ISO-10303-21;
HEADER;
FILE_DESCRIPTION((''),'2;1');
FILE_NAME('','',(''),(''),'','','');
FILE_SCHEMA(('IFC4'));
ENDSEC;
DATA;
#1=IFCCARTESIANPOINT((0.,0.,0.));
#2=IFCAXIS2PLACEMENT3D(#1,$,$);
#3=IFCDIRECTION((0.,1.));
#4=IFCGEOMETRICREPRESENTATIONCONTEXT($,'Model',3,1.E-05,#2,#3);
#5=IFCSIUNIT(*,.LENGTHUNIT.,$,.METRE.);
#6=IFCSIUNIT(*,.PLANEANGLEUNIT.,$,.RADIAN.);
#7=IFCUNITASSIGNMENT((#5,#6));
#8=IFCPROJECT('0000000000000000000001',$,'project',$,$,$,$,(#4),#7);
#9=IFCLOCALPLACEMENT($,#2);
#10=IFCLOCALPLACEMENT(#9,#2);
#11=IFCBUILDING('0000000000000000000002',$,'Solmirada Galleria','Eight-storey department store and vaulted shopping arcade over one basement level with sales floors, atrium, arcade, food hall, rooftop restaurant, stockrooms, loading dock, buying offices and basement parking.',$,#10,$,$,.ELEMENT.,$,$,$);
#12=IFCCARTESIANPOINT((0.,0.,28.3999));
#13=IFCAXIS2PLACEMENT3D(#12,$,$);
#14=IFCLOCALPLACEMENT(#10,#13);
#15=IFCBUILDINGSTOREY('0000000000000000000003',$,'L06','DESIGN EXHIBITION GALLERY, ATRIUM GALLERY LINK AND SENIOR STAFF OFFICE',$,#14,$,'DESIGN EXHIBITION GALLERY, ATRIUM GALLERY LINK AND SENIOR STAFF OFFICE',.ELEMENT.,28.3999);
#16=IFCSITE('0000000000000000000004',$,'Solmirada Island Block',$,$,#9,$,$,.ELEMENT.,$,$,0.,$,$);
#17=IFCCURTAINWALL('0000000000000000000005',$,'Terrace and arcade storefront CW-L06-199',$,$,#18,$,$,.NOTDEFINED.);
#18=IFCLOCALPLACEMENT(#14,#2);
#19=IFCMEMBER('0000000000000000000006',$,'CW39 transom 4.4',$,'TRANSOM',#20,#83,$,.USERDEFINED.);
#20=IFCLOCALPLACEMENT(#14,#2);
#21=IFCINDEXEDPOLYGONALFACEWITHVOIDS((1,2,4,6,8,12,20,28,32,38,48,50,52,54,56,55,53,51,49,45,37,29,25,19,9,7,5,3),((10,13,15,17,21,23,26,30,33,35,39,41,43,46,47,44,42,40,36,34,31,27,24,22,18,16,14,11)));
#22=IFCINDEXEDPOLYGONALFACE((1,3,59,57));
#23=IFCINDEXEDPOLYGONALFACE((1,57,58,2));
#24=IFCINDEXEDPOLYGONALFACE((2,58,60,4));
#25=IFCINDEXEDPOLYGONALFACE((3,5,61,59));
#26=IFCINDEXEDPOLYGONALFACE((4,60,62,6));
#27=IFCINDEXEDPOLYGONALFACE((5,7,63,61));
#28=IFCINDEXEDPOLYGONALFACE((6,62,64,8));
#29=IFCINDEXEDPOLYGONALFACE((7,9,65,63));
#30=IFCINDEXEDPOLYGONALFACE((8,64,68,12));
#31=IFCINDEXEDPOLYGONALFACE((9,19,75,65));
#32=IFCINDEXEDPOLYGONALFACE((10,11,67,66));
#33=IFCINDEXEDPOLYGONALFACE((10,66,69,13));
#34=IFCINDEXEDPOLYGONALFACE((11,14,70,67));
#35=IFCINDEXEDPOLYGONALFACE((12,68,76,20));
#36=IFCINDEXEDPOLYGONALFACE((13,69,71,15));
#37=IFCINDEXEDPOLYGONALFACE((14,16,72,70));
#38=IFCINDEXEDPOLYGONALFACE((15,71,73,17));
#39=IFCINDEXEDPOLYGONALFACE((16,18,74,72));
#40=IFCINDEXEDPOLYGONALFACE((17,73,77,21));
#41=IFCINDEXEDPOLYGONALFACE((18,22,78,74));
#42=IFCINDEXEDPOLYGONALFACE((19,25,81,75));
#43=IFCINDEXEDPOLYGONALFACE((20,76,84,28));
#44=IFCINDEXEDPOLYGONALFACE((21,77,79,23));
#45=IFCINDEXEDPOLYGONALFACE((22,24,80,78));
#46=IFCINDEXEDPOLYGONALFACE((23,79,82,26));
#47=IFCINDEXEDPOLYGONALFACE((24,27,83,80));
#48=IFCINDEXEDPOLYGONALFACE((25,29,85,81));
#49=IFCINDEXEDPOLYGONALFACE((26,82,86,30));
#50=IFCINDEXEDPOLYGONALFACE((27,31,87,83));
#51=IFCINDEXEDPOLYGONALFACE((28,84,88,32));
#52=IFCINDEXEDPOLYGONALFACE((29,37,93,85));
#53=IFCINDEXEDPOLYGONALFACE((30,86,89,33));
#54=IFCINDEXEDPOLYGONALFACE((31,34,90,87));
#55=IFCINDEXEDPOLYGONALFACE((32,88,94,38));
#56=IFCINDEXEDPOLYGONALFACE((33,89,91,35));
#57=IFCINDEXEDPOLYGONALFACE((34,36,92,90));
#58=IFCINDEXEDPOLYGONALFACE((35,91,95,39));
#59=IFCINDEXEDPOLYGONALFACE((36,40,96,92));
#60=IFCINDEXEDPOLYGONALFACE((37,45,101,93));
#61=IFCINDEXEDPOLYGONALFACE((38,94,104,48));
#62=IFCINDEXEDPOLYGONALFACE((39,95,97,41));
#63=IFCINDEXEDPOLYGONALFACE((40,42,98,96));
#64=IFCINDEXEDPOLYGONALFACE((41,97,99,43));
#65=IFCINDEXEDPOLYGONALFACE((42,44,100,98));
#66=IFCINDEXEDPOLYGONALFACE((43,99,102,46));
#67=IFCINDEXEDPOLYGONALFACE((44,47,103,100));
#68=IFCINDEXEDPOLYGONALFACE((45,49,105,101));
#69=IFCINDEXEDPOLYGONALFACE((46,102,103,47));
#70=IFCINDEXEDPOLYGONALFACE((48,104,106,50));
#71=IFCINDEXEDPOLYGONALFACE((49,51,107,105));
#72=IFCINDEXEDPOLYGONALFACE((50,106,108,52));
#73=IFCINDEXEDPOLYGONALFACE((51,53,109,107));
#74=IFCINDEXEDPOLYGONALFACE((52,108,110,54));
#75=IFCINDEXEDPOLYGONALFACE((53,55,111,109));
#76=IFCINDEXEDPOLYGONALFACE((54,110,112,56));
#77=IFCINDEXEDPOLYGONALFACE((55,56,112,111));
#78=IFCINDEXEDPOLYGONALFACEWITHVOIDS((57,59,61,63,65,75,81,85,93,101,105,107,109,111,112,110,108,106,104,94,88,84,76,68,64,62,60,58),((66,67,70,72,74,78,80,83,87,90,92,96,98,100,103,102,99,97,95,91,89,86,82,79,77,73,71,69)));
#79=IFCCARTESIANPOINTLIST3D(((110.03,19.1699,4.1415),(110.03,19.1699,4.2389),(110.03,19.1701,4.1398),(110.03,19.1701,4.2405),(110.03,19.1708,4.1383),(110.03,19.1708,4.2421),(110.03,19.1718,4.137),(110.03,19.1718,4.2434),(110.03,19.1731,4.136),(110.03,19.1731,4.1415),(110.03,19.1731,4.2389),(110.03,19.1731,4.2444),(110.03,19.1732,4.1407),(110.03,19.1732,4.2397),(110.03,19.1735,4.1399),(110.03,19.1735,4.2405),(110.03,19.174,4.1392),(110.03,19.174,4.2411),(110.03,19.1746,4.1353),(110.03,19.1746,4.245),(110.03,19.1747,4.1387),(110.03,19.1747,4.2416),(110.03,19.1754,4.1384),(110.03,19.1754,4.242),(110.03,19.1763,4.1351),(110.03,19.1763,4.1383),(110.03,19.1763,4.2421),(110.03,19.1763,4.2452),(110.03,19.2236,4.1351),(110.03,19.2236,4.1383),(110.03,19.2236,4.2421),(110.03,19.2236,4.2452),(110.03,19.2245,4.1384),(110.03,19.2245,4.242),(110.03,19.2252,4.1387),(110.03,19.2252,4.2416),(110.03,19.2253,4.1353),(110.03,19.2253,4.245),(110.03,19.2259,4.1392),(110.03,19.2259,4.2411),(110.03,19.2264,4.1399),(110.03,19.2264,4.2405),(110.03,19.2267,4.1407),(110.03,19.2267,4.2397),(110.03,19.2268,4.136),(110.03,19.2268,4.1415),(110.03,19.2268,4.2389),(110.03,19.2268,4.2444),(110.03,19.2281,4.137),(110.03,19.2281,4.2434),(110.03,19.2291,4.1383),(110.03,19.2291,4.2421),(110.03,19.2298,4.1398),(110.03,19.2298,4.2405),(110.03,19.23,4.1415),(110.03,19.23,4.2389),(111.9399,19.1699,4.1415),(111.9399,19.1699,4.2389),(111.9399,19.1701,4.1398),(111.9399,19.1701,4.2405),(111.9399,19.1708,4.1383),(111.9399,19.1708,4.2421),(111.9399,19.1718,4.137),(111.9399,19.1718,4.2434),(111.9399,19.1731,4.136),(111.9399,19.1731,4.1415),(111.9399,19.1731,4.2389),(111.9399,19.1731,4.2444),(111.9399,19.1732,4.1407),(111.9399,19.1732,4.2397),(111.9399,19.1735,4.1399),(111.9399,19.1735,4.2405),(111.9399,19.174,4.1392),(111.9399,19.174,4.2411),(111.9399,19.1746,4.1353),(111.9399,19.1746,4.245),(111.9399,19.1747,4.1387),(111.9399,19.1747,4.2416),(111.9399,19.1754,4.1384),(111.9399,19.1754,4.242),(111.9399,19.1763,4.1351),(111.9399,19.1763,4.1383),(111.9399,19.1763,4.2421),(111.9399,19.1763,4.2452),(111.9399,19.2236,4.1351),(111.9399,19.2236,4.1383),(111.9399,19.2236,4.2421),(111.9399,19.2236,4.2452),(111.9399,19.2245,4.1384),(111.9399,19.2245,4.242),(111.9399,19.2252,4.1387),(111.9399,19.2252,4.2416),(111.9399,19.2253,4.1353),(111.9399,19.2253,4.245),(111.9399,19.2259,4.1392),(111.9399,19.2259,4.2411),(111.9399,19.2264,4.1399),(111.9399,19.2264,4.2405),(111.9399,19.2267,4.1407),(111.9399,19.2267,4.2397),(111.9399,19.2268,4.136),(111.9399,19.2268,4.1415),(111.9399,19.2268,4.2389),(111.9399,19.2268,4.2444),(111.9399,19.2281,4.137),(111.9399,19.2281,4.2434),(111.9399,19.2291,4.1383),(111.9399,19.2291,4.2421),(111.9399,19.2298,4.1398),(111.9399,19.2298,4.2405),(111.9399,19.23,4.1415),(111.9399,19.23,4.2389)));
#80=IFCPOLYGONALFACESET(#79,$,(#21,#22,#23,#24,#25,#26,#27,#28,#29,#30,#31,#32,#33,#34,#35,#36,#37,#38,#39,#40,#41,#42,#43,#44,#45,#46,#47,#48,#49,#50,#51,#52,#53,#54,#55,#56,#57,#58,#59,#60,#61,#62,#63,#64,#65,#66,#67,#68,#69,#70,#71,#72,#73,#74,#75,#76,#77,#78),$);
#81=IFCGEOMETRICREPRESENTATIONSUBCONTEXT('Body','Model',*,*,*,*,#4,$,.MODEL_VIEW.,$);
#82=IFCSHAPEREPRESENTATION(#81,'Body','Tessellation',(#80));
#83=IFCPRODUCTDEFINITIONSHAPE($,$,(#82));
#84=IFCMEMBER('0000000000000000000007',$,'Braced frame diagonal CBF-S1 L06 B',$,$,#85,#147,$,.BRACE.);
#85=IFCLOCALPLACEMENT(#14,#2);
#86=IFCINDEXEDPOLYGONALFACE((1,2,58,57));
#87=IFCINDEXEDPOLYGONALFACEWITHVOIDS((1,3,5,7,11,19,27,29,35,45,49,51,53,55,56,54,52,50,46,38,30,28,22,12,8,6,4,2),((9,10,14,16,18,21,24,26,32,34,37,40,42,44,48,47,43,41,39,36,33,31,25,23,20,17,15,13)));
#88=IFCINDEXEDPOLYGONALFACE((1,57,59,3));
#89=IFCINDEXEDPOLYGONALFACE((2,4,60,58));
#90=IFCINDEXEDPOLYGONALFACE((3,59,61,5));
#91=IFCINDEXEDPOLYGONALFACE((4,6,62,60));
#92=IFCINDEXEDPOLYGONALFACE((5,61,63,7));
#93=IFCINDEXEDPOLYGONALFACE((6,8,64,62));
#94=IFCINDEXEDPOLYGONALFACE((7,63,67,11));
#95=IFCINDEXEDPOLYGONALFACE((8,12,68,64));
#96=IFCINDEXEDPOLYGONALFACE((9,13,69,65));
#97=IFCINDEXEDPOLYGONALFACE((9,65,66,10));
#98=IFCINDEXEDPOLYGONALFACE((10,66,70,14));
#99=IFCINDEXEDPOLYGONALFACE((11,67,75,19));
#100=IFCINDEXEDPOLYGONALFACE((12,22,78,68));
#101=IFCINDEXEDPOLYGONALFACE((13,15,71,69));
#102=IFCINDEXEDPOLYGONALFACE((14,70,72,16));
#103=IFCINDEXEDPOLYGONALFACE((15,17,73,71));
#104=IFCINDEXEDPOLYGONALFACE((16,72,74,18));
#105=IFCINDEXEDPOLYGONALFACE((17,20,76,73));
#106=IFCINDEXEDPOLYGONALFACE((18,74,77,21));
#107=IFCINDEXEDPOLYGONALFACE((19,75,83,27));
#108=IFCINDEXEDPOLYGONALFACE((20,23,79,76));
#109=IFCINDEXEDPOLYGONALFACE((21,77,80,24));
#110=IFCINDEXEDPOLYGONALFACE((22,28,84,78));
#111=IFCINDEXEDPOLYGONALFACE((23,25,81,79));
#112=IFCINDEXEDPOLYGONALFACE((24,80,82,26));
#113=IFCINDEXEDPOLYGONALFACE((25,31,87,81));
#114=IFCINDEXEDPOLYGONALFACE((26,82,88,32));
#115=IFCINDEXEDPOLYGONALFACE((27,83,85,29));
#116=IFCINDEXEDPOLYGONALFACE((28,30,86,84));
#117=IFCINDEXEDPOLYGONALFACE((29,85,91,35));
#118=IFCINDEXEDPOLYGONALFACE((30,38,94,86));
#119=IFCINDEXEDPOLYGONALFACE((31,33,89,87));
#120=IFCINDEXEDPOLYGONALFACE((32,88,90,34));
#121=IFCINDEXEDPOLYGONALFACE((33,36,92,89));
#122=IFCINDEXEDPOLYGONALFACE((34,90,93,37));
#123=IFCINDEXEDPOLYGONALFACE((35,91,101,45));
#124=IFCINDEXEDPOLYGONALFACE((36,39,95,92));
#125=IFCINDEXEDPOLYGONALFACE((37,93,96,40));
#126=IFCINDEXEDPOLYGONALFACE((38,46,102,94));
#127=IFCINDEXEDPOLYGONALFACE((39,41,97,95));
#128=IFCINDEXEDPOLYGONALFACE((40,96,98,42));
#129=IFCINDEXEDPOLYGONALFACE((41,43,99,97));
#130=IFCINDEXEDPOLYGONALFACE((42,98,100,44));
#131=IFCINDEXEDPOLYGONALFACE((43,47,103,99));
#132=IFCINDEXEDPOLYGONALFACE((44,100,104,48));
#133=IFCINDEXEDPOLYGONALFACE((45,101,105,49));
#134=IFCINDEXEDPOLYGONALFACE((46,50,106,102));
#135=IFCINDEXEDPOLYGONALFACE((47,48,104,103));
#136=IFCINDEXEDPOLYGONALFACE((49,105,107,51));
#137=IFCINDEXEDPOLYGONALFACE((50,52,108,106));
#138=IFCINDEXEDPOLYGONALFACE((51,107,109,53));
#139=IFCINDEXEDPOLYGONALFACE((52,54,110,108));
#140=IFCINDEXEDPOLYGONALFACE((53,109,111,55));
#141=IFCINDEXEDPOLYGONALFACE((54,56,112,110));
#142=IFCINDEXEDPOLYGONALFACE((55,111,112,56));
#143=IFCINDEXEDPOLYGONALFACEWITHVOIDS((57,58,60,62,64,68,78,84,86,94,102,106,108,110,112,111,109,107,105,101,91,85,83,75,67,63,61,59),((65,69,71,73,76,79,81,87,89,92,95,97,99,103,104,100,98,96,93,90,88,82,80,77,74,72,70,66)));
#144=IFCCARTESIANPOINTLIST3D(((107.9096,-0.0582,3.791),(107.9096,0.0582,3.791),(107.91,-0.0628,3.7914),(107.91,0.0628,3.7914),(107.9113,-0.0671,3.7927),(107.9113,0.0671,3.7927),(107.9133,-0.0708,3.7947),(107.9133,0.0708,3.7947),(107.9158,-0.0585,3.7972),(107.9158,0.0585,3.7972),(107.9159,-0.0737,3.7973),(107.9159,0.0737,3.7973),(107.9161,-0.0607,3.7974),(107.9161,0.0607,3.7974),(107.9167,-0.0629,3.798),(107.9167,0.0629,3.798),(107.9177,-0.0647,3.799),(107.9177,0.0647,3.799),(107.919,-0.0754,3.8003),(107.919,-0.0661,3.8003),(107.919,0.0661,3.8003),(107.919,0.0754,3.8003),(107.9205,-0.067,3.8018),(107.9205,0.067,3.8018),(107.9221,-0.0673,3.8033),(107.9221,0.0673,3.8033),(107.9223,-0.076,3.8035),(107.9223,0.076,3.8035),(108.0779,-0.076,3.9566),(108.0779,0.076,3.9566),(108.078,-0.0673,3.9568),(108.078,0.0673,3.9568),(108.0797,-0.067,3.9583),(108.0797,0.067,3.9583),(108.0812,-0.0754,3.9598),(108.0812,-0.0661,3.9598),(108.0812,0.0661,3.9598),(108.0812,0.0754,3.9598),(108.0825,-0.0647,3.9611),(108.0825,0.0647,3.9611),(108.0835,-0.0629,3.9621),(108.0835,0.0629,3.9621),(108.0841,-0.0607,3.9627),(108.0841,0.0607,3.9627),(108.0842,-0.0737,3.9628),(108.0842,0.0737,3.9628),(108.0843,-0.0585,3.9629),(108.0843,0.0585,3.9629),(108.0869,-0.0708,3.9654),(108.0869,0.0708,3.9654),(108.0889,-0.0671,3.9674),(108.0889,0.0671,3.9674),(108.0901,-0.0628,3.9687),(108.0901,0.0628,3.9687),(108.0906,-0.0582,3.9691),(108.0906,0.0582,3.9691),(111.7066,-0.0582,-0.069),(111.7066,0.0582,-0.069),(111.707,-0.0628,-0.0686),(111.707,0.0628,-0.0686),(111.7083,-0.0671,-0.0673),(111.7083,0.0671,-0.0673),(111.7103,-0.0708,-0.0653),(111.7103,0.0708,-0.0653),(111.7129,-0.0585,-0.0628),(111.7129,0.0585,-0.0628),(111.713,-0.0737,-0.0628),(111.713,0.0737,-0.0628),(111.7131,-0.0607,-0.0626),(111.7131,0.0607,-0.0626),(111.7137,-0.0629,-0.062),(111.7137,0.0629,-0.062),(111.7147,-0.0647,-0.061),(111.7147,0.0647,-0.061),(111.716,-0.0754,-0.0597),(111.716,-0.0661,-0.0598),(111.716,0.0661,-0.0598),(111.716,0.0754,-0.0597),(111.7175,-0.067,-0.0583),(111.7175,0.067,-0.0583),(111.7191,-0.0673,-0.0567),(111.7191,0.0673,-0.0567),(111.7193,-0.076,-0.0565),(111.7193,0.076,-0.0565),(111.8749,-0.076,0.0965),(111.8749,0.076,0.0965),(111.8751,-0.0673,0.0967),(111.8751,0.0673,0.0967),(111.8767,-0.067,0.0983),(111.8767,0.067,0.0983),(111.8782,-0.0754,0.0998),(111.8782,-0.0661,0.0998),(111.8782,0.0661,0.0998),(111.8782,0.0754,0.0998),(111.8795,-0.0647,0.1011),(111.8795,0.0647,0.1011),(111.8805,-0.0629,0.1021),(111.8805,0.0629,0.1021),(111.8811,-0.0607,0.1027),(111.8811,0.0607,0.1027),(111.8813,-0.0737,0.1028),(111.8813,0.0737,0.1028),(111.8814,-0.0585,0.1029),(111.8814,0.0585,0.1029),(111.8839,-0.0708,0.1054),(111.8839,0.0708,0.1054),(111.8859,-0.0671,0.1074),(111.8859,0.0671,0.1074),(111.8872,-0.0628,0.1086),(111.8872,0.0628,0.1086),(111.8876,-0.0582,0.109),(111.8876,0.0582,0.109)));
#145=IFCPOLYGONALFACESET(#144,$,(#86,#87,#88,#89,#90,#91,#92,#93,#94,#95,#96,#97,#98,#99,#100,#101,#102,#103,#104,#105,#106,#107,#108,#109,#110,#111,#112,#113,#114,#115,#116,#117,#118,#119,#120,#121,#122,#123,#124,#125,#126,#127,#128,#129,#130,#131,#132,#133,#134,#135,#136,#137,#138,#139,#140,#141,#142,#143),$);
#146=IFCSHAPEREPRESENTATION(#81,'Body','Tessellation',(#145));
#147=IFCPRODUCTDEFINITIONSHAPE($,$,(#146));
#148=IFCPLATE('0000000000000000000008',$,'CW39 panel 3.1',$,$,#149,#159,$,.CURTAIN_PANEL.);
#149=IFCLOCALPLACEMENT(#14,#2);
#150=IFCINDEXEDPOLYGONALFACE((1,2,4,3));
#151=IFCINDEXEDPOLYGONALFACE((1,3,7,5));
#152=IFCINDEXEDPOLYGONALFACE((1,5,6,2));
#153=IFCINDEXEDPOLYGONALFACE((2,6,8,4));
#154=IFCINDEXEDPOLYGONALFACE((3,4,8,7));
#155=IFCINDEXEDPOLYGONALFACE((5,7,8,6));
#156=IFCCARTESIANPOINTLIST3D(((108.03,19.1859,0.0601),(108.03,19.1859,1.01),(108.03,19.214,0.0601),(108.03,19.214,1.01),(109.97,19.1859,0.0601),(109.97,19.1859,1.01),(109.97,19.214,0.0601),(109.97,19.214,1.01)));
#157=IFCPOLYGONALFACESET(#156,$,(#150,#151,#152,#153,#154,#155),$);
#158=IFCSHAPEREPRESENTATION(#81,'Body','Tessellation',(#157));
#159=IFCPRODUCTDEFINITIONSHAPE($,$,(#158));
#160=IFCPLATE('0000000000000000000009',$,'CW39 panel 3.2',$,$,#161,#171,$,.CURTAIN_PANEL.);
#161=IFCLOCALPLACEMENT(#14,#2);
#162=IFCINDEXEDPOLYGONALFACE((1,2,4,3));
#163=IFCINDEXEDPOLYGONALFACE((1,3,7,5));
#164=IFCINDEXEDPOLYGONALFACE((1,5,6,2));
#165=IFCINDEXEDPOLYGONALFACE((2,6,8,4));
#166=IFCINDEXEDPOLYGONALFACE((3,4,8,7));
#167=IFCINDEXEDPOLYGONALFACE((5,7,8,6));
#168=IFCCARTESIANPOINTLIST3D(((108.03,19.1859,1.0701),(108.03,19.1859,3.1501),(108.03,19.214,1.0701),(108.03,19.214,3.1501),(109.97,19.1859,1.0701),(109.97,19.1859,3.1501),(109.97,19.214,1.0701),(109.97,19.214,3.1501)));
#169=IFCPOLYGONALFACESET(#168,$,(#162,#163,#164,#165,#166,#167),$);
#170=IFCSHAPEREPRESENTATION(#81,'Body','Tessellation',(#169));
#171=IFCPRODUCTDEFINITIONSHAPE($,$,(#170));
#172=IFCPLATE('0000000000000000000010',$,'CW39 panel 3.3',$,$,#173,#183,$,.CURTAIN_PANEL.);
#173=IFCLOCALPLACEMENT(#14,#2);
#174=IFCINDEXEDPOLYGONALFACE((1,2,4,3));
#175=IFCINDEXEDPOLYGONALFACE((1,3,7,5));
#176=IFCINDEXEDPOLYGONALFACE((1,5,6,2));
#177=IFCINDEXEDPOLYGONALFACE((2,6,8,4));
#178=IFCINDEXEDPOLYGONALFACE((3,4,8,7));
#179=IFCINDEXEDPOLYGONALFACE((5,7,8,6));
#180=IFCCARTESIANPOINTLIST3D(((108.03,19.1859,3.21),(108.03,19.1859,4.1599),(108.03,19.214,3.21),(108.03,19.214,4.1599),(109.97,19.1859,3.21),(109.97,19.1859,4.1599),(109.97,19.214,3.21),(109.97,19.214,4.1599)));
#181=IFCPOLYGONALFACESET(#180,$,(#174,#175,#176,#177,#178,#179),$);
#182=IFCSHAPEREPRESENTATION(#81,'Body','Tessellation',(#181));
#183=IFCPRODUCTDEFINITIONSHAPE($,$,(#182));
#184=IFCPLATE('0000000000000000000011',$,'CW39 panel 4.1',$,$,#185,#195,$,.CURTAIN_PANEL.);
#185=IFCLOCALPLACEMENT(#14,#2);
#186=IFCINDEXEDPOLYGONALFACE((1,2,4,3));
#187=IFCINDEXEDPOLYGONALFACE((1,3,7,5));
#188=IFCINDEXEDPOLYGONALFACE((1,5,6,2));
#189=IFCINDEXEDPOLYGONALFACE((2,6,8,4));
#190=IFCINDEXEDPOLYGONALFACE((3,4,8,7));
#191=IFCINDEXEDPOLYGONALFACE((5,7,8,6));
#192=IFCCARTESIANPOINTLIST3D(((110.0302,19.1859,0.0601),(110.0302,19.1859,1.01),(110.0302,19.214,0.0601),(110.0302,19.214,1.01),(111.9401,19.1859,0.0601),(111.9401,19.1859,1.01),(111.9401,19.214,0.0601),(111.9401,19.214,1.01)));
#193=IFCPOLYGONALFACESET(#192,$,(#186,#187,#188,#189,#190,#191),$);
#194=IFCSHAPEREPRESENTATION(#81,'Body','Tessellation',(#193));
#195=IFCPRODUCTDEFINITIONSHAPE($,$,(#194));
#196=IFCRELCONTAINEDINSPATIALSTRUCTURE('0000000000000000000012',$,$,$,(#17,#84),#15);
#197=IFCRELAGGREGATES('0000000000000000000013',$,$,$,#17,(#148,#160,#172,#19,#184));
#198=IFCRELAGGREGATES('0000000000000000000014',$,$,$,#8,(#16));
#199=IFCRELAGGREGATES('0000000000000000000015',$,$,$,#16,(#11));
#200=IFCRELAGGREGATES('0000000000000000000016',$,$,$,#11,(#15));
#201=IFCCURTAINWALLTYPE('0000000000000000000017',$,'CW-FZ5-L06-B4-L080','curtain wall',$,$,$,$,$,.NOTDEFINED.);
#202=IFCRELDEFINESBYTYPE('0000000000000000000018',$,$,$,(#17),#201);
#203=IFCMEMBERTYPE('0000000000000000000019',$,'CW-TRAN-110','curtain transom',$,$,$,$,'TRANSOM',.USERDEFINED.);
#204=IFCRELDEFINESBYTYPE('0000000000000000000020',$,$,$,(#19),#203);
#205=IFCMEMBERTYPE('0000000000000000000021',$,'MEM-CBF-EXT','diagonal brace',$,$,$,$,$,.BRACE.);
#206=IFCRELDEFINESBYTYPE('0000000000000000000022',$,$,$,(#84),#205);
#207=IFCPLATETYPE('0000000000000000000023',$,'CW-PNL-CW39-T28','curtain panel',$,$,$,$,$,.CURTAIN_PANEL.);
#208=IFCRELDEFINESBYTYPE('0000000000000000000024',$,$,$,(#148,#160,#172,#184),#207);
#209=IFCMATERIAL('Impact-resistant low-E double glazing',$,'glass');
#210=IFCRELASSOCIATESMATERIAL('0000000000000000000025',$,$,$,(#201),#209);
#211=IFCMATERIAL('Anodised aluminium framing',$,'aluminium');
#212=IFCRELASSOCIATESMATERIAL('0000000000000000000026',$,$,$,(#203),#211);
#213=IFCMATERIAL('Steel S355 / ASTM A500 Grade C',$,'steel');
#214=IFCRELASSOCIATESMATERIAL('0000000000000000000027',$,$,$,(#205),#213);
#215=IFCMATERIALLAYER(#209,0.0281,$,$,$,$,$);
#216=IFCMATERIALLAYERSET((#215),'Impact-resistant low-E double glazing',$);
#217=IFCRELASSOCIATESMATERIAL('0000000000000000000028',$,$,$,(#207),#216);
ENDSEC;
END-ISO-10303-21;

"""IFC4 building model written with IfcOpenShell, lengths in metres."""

from ifc_helpers import new_model, si_unit, direction, frame, origin, origin_2d, place, context, subcontext, project, spatial, rectangle, hollow_rectangle, extrude, material, layer, layer_set, material_profile, profile_set, type_object, element, aggregate, save


model = new_model("IFC4")

# Units and contexts
model_context = context("Model", 3, precision=1e-05, world=origin(), true_north=direction((0.0, 1.0)))
body_context = subcontext(model_context, "Body", "Model", "MODEL_VIEW")
ifc_project = project(units=[si_unit("LENGTHUNIT", "METRE"), si_unit("PLANEANGLEUNIT", "RADIAN")], contexts=[model_context])

# Site, building, storey
site_placement = place(None, origin())
site = spatial("IfcSite", under=ifc_project, at=site_placement, Name="Solmirada Island Block", CompositionType="ELEMENT", RefElevation=0.0)
building_placement = place(site_placement, origin())
building = spatial("IfcBuilding", under=site, at=building_placement, Name="Solmirada Galleria", Description="Eight-storey department store and vaulted shopping arcade over one basement level with sales floors, atrium, arcade, food hall, rooftop restaurant, stockrooms, loading dock, buying offices and basement parking.", CompositionType="ELEMENT")
storey_placement = place(building_placement, frame((0.0, 0.0, 28.3999)))
storey = spatial("IfcBuildingStorey", under=building, at=storey_placement, Name="L06", Description="DESIGN EXHIBITION GALLERY, ATRIUM GALLERY LINK AND SENIOR STAFF OFFICE", LongName="DESIGN EXHIBITION GALLERY, ATRIUM GALLERY LINK AND SENIOR STAFF OFFICE", CompositionType="ELEMENT", Elevation=28.3999)

# Shared definitions
ifc_material_1 = material(Name="Steel S355 / ASTM A500 Grade C", Category="steel")

# Curtain wall, member
ifc_material_2 = material(Name="Impact-resistant low-E double glazing", Category="glass")
curtain_wall_type = type_object("IfcCurtainWallType", Name="CW-FZ5-L06-B4-L080", Description="curtain wall", PredefinedType="NOTDEFINED", material=ifc_material_2)
curtain_wall_placement = place(storey_placement, origin())
curtain_wall = element("IfcCurtainWall", 1, at=curtain_wall_placement, inside=storey, type_object=curtain_wall_type, Name="Terrace and arcade storefront CW-L06-199", PredefinedType="NOTDEFINED")
ifc_material_3 = material(Name="Anodised aluminium framing", Category="aluminium")
ifc_material_profile_1 = material_profile(ifc_material_3, hollow_rectangle(XDim=0.0601, YDim=0.1101, WallThickness=0.0032, InnerFilletRadius=0.0032, OuterFilletRadius=0.0063, at=origin_2d()), Name="ALU-TRAN-110X60")
ifc_profile_set_1 = profile_set([ifc_material_profile_1], Name="Anodised aluminium framing")
member_type_1 = type_object("IfcMemberType", Name="CW-TRAN-110", Description="curtain transom", ElementType="TRANSOM", PredefinedType="USERDEFINED", material=ifc_profile_set_1)
member_1_placement = place(storey_placement, frame((110.03, 19.2, 4.1902), z_axis=(1.0, 0.0, 0.0), x_axis=(0.0, 1.0, 0.0)))
member_1 = element("IfcMember", 2, at=member_1_placement, type_object=member_type_1, Name="CW39 transom 4.4", ObjectType="TRANSOM", PredefinedType="USERDEFINED", context=body_context, shape_type="SweptSolid", body=[
    extrude(hollow_rectangle(XDim=0.0601, YDim=0.1101, WallThickness=0.0032, InnerFilletRadius=0.0032, OuterFilletRadius=0.0063, at=origin_2d()), origin(), (0.0, 0.0, 1.0), 1.9099),
])

# Member
ifc_material_profile_2 = material_profile(ifc_material_1, hollow_rectangle(XDim=0.1521, YDim=0.2539, WallThickness=0.0088, InnerFilletRadius=0.0088, OuterFilletRadius=0.0178, at=origin_2d()), Name="HSS10X6X3/8")
ifc_profile_set_2 = profile_set([ifc_material_profile_2], Name="Steel S355 / ASTM A500 Grade C")
member_type_2 = type_object("IfcMemberType", Name="MEM-CBF-EXT", Description="diagonal brace", PredefinedType="BRACE", material=ifc_profile_set_2)
member_2_placement = place(storey_placement, frame((111.7971, 0.0, 0.02), z_axis=(-0.701266, 0.0, 0.712899), x_axis=(0.0, -1.0, 0.0)))
element("IfcMember", 3, at=member_2_placement, inside=storey, type_object=member_type_2, Name="Braced frame diagonal CBF-S1 L06 B", PredefinedType="BRACE", context=body_context, shape_type="SweptSolid", body=[
    extrude(hollow_rectangle(XDim=0.1521, YDim=0.2539, WallThickness=0.0088, InnerFilletRadius=0.0088, OuterFilletRadius=0.0178, at=origin_2d()), origin(), (0.0, 0.0, 1.0), 5.4146),
])

# Plates
ifc_layer_1 = layer(ifc_material_2, 0.0281)
ifc_layer_set_1 = layer_set([ifc_layer_1], Name="Impact-resistant low-E double glazing")
plate_type_1 = type_object("IfcPlateType", Name="CW-PNL-CW39-T28", Description="curtain panel", PredefinedType="CURTAIN_PANEL", material=ifc_layer_set_1)
plate_1_placement = place(storey_placement, frame((109.0, 19.2, 0.0601), z_axis=(0.0, 0.0, 1.0), x_axis=(1.0, 0.0, 0.0)))
plate_1 = element("IfcPlate", 4, at=plate_1_placement, type_object=plate_type_1, Name="CW39 panel 3.1", PredefinedType="CURTAIN_PANEL", context=body_context, shape_type="SweptSolid", body=[
    extrude(rectangle(XDim=1.9399, YDim=0.0281, at=origin_2d()), origin(), (0.0, 0.0, 1.0), 0.95),
])
plate_2_placement = place(storey_placement, frame((109.0, 19.2, 1.0701), z_axis=(0.0, 0.0, 1.0), x_axis=(1.0, 0.0, 0.0)))
plate_2 = element("IfcPlate", 5, at=plate_2_placement, type_object=plate_type_1, Name="CW39 panel 3.2", PredefinedType="CURTAIN_PANEL", context=body_context, shape_type="SweptSolid", body=[
    extrude(rectangle(XDim=1.9399, YDim=0.0281, at=origin_2d()), origin(), (0.0, 0.0, 1.0), 2.0801),
])
plate_3_placement = place(storey_placement, frame((109.0, 19.2, 3.21), z_axis=(0.0, 0.0, 1.0), x_axis=(1.0, 0.0, 0.0)))
plate_3 = element("IfcPlate", 6, at=plate_3_placement, type_object=plate_type_1, Name="CW39 panel 3.3", PredefinedType="CURTAIN_PANEL", context=body_context, shape_type="SweptSolid", body=[
    extrude(rectangle(XDim=1.9399, YDim=0.0281, at=origin_2d()), origin(), (0.0, 0.0, 1.0), 0.95),
])
plate_4_placement = place(storey_placement, frame((110.9851, 19.2, 0.0601), z_axis=(0.0, 0.0, 1.0), x_axis=(1.0, 0.0, 0.0)))
plate_4 = element("IfcPlate", 7, at=plate_4_placement, type_object=plate_type_1, Name="CW39 panel 4.1", PredefinedType="CURTAIN_PANEL", context=body_context, shape_type="SweptSolid", body=[
    extrude(rectangle(XDim=1.9099, YDim=0.0281, at=origin_2d()), origin(), (0.0, 0.0, 1.0), 0.95),
])
aggregate(curtain_wall, [plate_1, plate_2, plate_3, member_1, plate_4])

save(model, "model.ifc")
